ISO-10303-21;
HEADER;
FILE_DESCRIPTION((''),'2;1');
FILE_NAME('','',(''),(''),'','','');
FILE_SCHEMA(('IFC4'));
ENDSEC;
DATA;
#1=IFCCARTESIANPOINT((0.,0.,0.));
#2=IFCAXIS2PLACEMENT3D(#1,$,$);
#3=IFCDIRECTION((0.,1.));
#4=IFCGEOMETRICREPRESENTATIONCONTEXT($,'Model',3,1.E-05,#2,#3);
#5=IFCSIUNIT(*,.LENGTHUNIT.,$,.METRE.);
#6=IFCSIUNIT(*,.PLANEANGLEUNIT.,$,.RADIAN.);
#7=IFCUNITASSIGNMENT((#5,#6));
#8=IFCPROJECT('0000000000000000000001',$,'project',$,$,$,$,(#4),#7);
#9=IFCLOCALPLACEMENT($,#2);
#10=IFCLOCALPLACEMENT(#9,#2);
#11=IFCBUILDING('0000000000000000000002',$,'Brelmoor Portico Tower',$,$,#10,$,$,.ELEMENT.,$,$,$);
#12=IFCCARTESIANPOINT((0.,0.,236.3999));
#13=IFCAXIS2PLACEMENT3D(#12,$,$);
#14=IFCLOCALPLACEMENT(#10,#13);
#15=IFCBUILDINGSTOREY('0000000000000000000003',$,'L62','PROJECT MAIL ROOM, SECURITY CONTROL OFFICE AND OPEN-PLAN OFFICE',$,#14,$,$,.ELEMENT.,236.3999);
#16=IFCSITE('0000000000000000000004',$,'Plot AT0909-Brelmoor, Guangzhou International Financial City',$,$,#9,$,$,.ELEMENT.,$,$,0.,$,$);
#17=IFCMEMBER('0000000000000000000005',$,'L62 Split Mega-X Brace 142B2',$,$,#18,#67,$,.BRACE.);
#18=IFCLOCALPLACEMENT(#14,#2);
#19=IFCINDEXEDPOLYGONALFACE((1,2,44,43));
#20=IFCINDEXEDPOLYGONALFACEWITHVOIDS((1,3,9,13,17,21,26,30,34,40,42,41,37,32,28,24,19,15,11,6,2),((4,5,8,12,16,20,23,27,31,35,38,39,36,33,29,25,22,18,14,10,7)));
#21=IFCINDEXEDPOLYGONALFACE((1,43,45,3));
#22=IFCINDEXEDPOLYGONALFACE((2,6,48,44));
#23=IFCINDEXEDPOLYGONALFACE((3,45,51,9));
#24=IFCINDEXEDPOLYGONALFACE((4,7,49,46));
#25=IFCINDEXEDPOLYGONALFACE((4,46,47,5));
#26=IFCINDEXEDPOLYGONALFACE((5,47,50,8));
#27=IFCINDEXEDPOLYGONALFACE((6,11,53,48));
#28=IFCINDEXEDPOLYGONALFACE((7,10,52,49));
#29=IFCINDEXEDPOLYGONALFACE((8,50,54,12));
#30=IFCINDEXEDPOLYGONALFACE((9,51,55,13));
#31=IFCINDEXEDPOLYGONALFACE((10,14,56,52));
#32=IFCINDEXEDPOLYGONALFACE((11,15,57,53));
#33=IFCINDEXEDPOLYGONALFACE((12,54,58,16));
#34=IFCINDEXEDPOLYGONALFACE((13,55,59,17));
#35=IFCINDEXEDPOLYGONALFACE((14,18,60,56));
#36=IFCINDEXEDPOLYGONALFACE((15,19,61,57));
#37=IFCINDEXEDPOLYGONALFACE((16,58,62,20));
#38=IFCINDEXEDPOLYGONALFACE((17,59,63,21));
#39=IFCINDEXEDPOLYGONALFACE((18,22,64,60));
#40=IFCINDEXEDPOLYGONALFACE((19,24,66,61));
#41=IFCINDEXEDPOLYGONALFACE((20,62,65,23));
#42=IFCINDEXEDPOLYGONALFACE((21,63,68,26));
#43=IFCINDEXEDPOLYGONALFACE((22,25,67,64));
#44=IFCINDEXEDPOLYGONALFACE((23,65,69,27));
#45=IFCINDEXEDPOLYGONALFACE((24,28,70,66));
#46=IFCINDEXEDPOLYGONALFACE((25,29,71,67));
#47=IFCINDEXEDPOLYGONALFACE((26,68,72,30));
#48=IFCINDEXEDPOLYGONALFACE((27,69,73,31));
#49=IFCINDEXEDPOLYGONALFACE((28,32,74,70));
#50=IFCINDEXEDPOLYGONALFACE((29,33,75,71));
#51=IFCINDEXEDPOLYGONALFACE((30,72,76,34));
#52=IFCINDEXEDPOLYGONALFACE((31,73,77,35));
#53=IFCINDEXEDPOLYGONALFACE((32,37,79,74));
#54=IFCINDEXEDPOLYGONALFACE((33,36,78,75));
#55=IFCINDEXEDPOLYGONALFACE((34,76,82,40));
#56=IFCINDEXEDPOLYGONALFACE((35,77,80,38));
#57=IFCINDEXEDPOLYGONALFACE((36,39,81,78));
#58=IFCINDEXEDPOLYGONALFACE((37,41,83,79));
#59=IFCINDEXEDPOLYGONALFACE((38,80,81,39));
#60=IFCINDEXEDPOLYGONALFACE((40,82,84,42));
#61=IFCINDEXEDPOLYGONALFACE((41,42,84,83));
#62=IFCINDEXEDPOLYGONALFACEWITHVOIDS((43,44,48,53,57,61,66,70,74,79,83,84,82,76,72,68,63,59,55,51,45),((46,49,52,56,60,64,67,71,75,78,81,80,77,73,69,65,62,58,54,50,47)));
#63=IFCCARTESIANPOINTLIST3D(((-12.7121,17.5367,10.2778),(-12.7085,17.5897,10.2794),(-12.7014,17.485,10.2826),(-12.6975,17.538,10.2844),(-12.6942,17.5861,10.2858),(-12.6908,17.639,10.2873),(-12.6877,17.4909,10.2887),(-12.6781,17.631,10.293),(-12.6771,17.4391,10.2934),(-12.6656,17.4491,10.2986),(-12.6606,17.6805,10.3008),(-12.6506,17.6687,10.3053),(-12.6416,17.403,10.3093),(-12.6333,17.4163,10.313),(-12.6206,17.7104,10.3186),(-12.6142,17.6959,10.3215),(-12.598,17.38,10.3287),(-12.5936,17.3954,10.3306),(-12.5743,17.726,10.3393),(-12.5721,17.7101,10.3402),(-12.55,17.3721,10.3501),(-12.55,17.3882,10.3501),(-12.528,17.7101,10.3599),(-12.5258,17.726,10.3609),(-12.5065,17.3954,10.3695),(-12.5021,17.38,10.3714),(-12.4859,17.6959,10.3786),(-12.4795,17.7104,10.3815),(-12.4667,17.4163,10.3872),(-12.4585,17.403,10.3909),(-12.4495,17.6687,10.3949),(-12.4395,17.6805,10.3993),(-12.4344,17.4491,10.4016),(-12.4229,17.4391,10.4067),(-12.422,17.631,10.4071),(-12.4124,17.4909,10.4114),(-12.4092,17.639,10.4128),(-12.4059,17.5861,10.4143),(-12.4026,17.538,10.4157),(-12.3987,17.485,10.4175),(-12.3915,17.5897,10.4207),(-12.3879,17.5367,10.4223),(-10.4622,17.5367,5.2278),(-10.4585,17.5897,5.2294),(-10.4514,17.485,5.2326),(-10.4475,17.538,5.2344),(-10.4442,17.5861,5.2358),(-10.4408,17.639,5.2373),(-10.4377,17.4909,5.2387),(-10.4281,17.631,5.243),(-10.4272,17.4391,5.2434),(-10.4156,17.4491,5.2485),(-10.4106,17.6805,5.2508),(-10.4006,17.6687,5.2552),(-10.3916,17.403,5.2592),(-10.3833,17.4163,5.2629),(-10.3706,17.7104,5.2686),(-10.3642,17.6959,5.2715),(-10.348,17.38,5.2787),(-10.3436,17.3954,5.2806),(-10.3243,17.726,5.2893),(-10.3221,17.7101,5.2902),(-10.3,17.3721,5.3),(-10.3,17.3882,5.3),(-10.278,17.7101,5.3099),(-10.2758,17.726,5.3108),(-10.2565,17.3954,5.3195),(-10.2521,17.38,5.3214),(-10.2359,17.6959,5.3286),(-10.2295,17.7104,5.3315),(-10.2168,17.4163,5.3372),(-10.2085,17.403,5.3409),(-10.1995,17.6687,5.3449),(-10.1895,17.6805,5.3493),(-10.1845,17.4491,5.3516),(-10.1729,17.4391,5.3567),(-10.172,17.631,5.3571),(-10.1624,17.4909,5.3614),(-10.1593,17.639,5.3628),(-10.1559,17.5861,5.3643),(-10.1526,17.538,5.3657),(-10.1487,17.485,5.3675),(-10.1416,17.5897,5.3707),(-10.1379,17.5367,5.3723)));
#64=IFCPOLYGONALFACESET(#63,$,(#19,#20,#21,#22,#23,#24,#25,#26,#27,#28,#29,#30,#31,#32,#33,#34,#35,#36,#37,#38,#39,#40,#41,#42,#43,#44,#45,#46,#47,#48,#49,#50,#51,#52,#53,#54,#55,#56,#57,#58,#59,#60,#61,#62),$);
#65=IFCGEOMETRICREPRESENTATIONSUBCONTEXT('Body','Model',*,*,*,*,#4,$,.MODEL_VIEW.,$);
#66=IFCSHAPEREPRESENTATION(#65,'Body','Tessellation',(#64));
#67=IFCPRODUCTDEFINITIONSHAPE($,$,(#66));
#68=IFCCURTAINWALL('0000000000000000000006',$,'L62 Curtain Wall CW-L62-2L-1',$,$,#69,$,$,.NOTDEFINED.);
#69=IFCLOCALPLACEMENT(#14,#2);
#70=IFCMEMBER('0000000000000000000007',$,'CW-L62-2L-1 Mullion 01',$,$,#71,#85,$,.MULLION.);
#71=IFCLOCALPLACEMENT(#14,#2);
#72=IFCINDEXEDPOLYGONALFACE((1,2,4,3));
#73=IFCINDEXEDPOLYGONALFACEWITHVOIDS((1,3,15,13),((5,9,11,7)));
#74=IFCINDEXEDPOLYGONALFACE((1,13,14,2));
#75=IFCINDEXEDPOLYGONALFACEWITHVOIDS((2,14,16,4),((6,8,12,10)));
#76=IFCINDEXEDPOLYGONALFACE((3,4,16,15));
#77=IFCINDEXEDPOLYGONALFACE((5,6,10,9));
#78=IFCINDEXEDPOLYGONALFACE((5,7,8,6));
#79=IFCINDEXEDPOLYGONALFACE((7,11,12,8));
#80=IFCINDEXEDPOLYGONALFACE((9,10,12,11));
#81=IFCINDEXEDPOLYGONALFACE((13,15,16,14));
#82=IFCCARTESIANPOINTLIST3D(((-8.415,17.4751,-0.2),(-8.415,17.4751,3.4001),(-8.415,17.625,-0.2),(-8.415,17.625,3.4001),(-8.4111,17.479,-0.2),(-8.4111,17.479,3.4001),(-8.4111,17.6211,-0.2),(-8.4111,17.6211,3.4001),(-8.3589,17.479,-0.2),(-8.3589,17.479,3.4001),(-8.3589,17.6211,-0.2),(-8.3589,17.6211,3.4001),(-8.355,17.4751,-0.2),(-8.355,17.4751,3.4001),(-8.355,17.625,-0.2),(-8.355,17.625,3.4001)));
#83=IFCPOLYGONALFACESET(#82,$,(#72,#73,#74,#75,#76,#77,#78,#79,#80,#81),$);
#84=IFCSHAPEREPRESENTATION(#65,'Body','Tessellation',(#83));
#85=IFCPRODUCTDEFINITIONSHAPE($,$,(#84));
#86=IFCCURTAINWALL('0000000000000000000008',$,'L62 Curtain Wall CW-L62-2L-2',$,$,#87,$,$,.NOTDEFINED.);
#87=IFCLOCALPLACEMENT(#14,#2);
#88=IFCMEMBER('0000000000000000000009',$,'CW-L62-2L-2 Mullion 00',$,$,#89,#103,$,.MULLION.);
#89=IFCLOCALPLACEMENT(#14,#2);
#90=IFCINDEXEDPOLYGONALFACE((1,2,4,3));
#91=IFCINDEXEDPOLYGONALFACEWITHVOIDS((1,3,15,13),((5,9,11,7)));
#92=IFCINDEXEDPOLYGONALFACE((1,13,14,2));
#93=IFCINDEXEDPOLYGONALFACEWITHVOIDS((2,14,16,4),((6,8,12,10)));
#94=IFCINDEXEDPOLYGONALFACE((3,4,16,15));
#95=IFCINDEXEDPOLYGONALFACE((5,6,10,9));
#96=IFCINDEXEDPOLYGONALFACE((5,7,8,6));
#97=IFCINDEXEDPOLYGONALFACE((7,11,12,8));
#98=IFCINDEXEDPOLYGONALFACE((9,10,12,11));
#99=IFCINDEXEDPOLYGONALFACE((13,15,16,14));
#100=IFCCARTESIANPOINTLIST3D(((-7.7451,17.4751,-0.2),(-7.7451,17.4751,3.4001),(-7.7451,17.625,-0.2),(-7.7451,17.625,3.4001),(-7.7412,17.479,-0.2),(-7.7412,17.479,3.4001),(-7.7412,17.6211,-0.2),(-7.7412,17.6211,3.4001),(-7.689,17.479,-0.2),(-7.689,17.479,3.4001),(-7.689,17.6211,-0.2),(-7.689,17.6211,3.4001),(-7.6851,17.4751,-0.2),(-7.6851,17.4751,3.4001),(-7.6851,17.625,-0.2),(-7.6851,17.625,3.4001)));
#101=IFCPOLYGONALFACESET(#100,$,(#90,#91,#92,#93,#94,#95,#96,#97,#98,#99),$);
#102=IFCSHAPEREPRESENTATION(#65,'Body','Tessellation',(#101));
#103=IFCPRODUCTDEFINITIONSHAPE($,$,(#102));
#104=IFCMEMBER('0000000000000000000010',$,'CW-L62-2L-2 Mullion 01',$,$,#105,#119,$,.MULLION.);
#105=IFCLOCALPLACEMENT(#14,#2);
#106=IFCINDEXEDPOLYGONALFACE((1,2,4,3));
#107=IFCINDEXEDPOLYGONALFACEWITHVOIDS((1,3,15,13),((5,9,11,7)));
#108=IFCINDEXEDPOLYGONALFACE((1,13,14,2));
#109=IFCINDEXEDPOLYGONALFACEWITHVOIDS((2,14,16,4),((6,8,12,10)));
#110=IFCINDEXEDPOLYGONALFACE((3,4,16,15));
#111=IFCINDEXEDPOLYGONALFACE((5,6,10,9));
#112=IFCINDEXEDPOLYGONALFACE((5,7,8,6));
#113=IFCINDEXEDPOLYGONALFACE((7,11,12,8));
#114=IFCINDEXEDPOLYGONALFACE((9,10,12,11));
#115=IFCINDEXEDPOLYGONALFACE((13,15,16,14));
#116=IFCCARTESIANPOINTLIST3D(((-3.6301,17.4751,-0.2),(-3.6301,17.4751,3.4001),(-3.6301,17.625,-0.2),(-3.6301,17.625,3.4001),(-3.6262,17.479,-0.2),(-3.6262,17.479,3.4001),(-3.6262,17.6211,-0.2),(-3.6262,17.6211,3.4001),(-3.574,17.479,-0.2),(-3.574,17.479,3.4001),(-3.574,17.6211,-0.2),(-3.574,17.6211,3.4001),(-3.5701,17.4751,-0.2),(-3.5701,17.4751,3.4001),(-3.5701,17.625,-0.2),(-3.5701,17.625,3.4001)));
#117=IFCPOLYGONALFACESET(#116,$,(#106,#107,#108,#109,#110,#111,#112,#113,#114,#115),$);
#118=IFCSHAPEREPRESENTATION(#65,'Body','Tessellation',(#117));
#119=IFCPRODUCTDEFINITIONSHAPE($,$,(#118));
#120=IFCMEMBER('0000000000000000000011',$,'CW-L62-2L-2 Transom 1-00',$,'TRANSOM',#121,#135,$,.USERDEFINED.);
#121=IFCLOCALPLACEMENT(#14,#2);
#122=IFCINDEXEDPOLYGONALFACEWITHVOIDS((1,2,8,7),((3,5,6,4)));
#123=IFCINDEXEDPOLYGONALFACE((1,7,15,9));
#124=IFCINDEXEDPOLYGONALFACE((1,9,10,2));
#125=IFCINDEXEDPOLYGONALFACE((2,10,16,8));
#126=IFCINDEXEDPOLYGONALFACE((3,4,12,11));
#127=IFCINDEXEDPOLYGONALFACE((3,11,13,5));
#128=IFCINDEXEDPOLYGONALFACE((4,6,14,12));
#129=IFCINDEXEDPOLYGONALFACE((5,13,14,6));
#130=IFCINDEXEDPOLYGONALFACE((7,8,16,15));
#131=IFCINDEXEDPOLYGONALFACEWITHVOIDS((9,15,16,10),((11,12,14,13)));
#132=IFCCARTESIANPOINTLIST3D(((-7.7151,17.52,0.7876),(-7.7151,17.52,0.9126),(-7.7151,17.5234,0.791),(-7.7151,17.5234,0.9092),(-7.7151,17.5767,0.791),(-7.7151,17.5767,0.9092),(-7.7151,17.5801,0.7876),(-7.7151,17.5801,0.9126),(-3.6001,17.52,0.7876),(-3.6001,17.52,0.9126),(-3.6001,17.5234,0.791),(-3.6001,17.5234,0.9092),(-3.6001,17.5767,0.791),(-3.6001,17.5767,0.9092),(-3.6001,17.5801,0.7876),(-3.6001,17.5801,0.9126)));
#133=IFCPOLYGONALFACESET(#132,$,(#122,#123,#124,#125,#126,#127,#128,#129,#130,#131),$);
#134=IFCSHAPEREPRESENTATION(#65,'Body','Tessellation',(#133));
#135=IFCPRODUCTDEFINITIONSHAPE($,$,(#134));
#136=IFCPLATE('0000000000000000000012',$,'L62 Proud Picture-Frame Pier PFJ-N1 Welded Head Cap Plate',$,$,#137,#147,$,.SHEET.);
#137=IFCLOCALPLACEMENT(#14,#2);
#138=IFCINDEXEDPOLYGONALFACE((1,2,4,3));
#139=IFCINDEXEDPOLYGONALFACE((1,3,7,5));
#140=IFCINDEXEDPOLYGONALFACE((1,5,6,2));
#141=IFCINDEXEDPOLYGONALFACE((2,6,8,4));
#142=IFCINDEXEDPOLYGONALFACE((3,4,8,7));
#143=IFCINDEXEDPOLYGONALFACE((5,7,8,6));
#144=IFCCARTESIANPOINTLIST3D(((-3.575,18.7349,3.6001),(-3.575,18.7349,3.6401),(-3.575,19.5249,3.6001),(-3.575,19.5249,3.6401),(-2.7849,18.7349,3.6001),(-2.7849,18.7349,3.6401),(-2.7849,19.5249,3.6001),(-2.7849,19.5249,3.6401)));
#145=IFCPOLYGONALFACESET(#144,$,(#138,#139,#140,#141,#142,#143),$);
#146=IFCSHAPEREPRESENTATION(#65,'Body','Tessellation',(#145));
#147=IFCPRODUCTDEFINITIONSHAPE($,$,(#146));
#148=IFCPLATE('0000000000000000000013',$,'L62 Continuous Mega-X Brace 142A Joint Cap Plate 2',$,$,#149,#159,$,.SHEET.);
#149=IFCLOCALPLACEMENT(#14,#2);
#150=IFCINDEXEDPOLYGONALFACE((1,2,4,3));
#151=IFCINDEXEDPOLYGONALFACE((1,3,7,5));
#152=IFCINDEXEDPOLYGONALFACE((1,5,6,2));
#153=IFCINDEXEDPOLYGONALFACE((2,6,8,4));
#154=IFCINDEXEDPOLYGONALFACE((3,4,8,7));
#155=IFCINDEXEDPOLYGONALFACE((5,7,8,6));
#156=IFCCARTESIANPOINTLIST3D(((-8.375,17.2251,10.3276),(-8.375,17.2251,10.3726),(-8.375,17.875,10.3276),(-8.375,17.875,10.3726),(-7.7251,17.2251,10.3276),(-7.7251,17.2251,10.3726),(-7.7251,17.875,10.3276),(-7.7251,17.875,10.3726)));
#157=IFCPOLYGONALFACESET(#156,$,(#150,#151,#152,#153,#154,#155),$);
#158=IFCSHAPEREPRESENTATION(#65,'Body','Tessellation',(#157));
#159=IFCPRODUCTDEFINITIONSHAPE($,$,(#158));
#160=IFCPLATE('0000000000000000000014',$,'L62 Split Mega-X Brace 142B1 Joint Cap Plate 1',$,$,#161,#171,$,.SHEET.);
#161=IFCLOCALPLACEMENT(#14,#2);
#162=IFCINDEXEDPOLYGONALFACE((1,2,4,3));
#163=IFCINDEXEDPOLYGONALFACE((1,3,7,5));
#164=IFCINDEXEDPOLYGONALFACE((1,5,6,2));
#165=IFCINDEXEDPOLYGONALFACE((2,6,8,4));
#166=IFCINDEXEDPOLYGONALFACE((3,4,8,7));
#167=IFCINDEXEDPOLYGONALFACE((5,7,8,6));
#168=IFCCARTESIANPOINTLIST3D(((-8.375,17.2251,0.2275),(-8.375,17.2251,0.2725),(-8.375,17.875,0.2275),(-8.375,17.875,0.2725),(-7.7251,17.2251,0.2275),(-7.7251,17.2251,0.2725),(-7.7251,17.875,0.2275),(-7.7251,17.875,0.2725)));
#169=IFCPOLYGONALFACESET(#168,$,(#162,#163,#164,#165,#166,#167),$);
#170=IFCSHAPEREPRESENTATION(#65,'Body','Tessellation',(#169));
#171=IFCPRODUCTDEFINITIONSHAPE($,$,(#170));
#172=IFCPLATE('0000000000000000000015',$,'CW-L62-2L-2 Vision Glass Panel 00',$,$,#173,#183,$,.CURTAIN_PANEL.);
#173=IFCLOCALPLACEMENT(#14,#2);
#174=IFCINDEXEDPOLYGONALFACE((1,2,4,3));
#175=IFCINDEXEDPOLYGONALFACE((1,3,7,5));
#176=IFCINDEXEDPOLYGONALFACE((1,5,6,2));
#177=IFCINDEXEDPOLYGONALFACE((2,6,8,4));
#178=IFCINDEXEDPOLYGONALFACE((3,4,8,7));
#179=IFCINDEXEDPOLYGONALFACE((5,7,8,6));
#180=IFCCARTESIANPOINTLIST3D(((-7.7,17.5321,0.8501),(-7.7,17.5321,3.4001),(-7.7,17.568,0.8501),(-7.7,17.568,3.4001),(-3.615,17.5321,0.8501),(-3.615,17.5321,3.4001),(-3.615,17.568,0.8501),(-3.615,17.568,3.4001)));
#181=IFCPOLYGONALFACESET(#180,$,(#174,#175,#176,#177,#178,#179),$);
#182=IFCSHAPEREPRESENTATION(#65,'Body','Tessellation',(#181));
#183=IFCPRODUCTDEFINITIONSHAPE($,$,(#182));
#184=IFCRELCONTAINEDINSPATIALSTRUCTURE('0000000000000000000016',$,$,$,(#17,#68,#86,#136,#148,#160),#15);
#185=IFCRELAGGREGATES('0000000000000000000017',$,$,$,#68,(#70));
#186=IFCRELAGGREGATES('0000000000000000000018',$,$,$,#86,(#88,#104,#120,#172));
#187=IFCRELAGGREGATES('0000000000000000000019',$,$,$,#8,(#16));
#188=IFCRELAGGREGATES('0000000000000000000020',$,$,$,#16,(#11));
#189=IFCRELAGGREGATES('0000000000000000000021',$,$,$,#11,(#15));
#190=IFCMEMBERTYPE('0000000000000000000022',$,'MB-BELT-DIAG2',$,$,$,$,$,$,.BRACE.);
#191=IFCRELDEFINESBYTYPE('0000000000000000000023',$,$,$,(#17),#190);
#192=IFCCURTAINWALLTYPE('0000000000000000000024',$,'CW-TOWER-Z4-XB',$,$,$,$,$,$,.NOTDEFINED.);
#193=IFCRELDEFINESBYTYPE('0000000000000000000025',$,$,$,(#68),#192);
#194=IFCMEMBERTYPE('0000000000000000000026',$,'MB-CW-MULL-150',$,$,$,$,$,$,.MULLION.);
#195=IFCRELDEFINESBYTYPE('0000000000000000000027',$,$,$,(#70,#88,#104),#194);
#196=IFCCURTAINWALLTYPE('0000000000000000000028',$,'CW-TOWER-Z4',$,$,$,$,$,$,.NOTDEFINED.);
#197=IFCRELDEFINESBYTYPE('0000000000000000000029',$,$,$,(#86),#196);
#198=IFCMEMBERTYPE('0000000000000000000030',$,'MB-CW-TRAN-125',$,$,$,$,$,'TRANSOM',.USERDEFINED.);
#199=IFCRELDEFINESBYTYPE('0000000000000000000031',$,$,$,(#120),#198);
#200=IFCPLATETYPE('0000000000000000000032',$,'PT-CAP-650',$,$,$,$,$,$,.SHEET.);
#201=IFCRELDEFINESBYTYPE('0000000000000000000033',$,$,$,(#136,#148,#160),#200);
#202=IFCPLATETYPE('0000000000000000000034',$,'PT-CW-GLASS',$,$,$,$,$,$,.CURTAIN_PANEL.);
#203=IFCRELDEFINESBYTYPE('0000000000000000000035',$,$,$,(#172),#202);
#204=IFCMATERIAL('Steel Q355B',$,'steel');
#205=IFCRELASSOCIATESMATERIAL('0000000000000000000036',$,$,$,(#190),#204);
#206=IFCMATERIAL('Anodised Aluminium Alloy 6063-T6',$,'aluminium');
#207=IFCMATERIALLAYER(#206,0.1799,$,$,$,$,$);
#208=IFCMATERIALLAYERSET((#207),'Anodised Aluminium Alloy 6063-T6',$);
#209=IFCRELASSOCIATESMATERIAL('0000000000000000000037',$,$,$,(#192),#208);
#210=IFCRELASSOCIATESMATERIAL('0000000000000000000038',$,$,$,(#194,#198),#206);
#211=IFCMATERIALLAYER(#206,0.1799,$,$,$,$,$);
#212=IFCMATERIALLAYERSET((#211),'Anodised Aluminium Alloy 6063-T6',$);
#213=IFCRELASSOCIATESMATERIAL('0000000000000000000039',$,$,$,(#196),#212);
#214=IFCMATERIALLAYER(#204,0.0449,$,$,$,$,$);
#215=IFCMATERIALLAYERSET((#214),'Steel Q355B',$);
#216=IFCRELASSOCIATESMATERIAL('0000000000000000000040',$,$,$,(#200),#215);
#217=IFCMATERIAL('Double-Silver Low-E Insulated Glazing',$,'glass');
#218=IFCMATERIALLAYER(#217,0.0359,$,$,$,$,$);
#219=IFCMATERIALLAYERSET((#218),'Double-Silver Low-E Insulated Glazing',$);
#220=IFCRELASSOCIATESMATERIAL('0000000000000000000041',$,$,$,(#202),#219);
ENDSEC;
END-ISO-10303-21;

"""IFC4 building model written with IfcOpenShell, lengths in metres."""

from ifc_helpers import new_model, si_unit, direction, frame, origin, origin_2d, place, context, subcontext, project, spatial, rectangle, hollow_rectangle, hollow_circle, extrude, material, layer, layer_set, material_profile, profile_set, type_object, element, aggregate, save


model = new_model("IFC4")

# Units and contexts
model_context = context("Model", 3, precision=1e-05, world=origin(), true_north=direction((0.0, 1.0)))
body_context = subcontext(model_context, "Body", "Model", "MODEL_VIEW")
ifc_project = project(units=[si_unit("LENGTHUNIT", "METRE"), si_unit("PLANEANGLEUNIT", "RADIAN")], contexts=[model_context])

# Site, building, storey
site_placement = place(None, origin())
site = spatial("IfcSite", under=ifc_project, at=site_placement, Name="Plot AT0909-Brelmoor, Guangzhou International Financial City", CompositionType="ELEMENT", RefElevation=0.0)
building_placement = place(site_placement, origin())
building = spatial("IfcBuilding", under=site, at=building_placement, Name="Brelmoor Portico Tower", CompositionType="ELEMENT")
storey_placement = place(building_placement, frame((0.0, 0.0, 236.3999)))
storey = spatial("IfcBuildingStorey", under=building, at=storey_placement, Name="L62", Description="PROJECT MAIL ROOM, SECURITY CONTROL OFFICE AND OPEN-PLAN OFFICE", CompositionType="ELEMENT", Elevation=236.3999)

# Shared definitions
ifc_material_1 = material(Name="Steel Q355B", Category="steel")

# Member
ifc_material_profile_1 = material_profile(ifc_material_1, hollow_circle(Radius=0.178, WallThickness=0.0161, at=origin_2d()), Name="CHS 356x16")
ifc_profile_set_1 = profile_set([ifc_material_profile_1], Name="Steel Q355B")
member_type_1 = type_object("IfcMemberType", Name="MB-BELT-DIAG2", PredefinedType="BRACE", material=ifc_profile_set_1)
for number, where, z_axis, x_axis, name in (
    (1, (-10.3, 17.55, 5.3), (-0.406974, 0.0, 0.91344), (0.0, -1.0, 0.0), "L62 Split Mega-X Brace 142B2"),
):
    element("IfcMember", number, at=place(storey_placement, frame(where, z_axis=z_axis, x_axis=x_axis)), inside=storey, type_object=member_type_1, Name=name, PredefinedType="BRACE", context=body_context, shape_type="SweptSolid", body=[
        extrude(hollow_circle(Radius=0.178, WallThickness=0.0161, at=origin_2d()), origin(), (0.0, 0.0, 1.0), 5.5286),
    ])

# Curtain wall, member
ifc_material_2 = material(Name="Anodised Aluminium Alloy 6063-T6", Category="aluminium")
ifc_layer_1 = layer(ifc_material_2, 0.1799)
ifc_layer_set_1 = layer_set([ifc_layer_1], Name="Anodised Aluminium Alloy 6063-T6")
curtain_wall_type_1 = type_object("IfcCurtainWallType", Name="CW-TOWER-Z4-XB", PredefinedType="NOTDEFINED", material=ifc_layer_set_1)
curtain_wall_1_placement = place(storey_placement, origin())
curtain_wall_1 = element("IfcCurtainWall", 2, at=curtain_wall_1_placement, inside=storey, type_object=curtain_wall_type_1, Name="L62 Curtain Wall CW-L62-2L-1", PredefinedType="NOTDEFINED")
ifc_material_profile_2 = material_profile(ifc_material_2, hollow_rectangle(XDim=0.0601, YDim=0.1499, WallThickness=0.0039, at=origin_2d()), Name="ALU MULLION 60x150")
ifc_profile_set_2 = profile_set([ifc_material_profile_2], Name="Anodised Aluminium Alloy 6063-T6")
member_type_2 = type_object("IfcMemberType", Name="MB-CW-MULL-150", PredefinedType="MULLION", material=ifc_profile_set_2)
member_1_placement = place(storey_placement, frame((-8.385, 17.55, -0.2), z_axis=(0.0, 0.0, 1.0), x_axis=(1.0, 0.0, 0.0)))
member_1 = element("IfcMember", 3, at=member_1_placement, type_object=member_type_2, Name="CW-L62-2L-1 Mullion 01", PredefinedType="MULLION", context=body_context, shape_type="SweptSolid", body=[
    extrude(hollow_rectangle(XDim=0.0601, YDim=0.1499, WallThickness=0.0039, at=origin_2d()), origin(), (0.0, 0.0, 1.0), 3.6001),
])

# Curtain wall, members
ifc_layer_2 = layer(ifc_material_2, 0.1799)
ifc_layer_set_2 = layer_set([ifc_layer_2], Name="Anodised Aluminium Alloy 6063-T6")
curtain_wall_type_2 = type_object("IfcCurtainWallType", Name="CW-TOWER-Z4", PredefinedType="NOTDEFINED", material=ifc_layer_set_2)
curtain_wall_2_placement = place(storey_placement, origin())
curtain_wall_2 = element("IfcCurtainWall", 4, at=curtain_wall_2_placement, inside=storey, type_object=curtain_wall_type_2, Name="L62 Curtain Wall CW-L62-2L-2", PredefinedType="NOTDEFINED")
member_2_placement = place(storey_placement, frame((-7.7151, 17.55, -0.2), z_axis=(0.0, 0.0, 1.0), x_axis=(1.0, 0.0, 0.0)))
member_2 = element("IfcMember", 5, at=member_2_placement, type_object=member_type_2, Name="CW-L62-2L-2 Mullion 00", PredefinedType="MULLION", context=body_context, shape_type="SweptSolid", body=[
    extrude(hollow_rectangle(XDim=0.0601, YDim=0.1499, WallThickness=0.0039, at=origin_2d()), origin(), (0.0, 0.0, 1.0), 3.6001),
])
member_3_placement = place(storey_placement, frame((-3.6001, 17.55, -0.2), z_axis=(0.0, 0.0, 1.0), x_axis=(1.0, 0.0, 0.0)))
member_3 = element("IfcMember", 6, at=member_3_placement, type_object=member_type_2, Name="CW-L62-2L-2 Mullion 01", PredefinedType="MULLION", context=body_context, shape_type="SweptSolid", body=[
    extrude(hollow_rectangle(XDim=0.0601, YDim=0.1499, WallThickness=0.0039, at=origin_2d()), origin(), (0.0, 0.0, 1.0), 3.6001),
])
ifc_material_profile_3 = material_profile(ifc_material_2, hollow_rectangle(XDim=0.0601, YDim=0.125, WallThickness=0.0034, at=origin_2d()), Name="ALU TRANSOM 60x125")
ifc_profile_set_3 = profile_set([ifc_material_profile_3], Name="Anodised Aluminium Alloy 6063-T6")
member_type_3 = type_object("IfcMemberType", Name="MB-CW-TRAN-125", ElementType="TRANSOM", PredefinedType="USERDEFINED", material=ifc_profile_set_3)
member_4_placement = place(storey_placement, frame((-7.7151, 17.55, 0.8501), z_axis=(1.0, 0.0, 0.0), x_axis=(0.0, 1.0, 0.0)))
member_4 = element("IfcMember", 7, at=member_4_placement, type_object=member_type_3, Name="CW-L62-2L-2 Transom 1-00", ObjectType="TRANSOM", PredefinedType="USERDEFINED", context=body_context, shape_type="SweptSolid", body=[
    extrude(hollow_rectangle(XDim=0.0601, YDim=0.125, WallThickness=0.0034, at=origin_2d()), origin(), (0.0, 0.0, 1.0), 4.115),
])

# Plates
ifc_layer_3 = layer(ifc_material_1, 0.0449)
ifc_layer_set_3 = layer_set([ifc_layer_3], Name="Steel Q355B")
plate_type_1 = type_object("IfcPlateType", Name="PT-CAP-650", PredefinedType="SHEET", material=ifc_layer_set_3)
plate_1_placement = place(storey_placement, frame((-3.1799, 19.1299, 3.6001), z_axis=(0.0, 0.0, 1.0), x_axis=(1.0, 0.0, 0.0)))
element("IfcPlate", 8, at=plate_1_placement, inside=storey, type_object=plate_type_1, Name="L62 Proud Picture-Frame Pier PFJ-N1 Welded Head Cap Plate", PredefinedType="SHEET", context=body_context, shape_type="SweptSolid", body=[
    extrude(rectangle(XDim=0.79, YDim=0.79, at=origin_2d()), origin(), (0.0, 0.0, 1.0), 0.04),
])
for number, where, z_axis, x_axis, name in (
    (9, (-8.05, 17.55, 10.3276), (0.0, 0.0, 1.0), (1.0, 0.0, 0.0), "L62 Continuous Mega-X Brace 142A Joint Cap Plate 2"),
    (10, (-8.05, 17.55, 0.2275), (0.0, 0.0, 1.0), (1.0, 0.0, 0.0), "L62 Split Mega-X Brace 142B1 Joint Cap Plate 1"),
):
    element("IfcPlate", number, at=place(storey_placement, frame(where, z_axis=z_axis, x_axis=x_axis)), inside=storey, type_object=plate_type_1, Name=name, PredefinedType="SHEET", context=body_context, shape_type="SweptSolid", body=[
        extrude(rectangle(XDim=0.6499, YDim=0.6499, at=origin_2d()), origin(), (0.0, 0.0, 1.0), 0.0449),
    ])

# Plate
ifc_material_3 = material(Name="Double-Silver Low-E Insulated Glazing", Category="glass")
ifc_layer_4 = layer(ifc_material_3, 0.0359)
ifc_layer_set_4 = layer_set([ifc_layer_4], Name="Double-Silver Low-E Insulated Glazing")
plate_type_2 = type_object("IfcPlateType", Name="PT-CW-GLASS", PredefinedType="CURTAIN_PANEL", material=ifc_layer_set_4)
plate_2_placement = place(storey_placement, frame((-5.6575, 17.55, 0.8501), z_axis=(0.0, 0.0, 1.0), x_axis=(1.0, 0.0, 0.0)))
plate_2 = element("IfcPlate", 11, at=plate_2_placement, type_object=plate_type_2, Name="CW-L62-2L-2 Vision Glass Panel 00", PredefinedType="CURTAIN_PANEL", context=body_context, shape_type="SweptSolid", body=[
    extrude(rectangle(XDim=4.085, YDim=0.0359, at=origin_2d()), origin(), (0.0, 0.0, 1.0), 2.55),
])
aggregate(curtain_wall_1, [member_1])
aggregate(curtain_wall_2, [member_2, member_3, member_4, plate_2])

save(model, "model.ifc")
